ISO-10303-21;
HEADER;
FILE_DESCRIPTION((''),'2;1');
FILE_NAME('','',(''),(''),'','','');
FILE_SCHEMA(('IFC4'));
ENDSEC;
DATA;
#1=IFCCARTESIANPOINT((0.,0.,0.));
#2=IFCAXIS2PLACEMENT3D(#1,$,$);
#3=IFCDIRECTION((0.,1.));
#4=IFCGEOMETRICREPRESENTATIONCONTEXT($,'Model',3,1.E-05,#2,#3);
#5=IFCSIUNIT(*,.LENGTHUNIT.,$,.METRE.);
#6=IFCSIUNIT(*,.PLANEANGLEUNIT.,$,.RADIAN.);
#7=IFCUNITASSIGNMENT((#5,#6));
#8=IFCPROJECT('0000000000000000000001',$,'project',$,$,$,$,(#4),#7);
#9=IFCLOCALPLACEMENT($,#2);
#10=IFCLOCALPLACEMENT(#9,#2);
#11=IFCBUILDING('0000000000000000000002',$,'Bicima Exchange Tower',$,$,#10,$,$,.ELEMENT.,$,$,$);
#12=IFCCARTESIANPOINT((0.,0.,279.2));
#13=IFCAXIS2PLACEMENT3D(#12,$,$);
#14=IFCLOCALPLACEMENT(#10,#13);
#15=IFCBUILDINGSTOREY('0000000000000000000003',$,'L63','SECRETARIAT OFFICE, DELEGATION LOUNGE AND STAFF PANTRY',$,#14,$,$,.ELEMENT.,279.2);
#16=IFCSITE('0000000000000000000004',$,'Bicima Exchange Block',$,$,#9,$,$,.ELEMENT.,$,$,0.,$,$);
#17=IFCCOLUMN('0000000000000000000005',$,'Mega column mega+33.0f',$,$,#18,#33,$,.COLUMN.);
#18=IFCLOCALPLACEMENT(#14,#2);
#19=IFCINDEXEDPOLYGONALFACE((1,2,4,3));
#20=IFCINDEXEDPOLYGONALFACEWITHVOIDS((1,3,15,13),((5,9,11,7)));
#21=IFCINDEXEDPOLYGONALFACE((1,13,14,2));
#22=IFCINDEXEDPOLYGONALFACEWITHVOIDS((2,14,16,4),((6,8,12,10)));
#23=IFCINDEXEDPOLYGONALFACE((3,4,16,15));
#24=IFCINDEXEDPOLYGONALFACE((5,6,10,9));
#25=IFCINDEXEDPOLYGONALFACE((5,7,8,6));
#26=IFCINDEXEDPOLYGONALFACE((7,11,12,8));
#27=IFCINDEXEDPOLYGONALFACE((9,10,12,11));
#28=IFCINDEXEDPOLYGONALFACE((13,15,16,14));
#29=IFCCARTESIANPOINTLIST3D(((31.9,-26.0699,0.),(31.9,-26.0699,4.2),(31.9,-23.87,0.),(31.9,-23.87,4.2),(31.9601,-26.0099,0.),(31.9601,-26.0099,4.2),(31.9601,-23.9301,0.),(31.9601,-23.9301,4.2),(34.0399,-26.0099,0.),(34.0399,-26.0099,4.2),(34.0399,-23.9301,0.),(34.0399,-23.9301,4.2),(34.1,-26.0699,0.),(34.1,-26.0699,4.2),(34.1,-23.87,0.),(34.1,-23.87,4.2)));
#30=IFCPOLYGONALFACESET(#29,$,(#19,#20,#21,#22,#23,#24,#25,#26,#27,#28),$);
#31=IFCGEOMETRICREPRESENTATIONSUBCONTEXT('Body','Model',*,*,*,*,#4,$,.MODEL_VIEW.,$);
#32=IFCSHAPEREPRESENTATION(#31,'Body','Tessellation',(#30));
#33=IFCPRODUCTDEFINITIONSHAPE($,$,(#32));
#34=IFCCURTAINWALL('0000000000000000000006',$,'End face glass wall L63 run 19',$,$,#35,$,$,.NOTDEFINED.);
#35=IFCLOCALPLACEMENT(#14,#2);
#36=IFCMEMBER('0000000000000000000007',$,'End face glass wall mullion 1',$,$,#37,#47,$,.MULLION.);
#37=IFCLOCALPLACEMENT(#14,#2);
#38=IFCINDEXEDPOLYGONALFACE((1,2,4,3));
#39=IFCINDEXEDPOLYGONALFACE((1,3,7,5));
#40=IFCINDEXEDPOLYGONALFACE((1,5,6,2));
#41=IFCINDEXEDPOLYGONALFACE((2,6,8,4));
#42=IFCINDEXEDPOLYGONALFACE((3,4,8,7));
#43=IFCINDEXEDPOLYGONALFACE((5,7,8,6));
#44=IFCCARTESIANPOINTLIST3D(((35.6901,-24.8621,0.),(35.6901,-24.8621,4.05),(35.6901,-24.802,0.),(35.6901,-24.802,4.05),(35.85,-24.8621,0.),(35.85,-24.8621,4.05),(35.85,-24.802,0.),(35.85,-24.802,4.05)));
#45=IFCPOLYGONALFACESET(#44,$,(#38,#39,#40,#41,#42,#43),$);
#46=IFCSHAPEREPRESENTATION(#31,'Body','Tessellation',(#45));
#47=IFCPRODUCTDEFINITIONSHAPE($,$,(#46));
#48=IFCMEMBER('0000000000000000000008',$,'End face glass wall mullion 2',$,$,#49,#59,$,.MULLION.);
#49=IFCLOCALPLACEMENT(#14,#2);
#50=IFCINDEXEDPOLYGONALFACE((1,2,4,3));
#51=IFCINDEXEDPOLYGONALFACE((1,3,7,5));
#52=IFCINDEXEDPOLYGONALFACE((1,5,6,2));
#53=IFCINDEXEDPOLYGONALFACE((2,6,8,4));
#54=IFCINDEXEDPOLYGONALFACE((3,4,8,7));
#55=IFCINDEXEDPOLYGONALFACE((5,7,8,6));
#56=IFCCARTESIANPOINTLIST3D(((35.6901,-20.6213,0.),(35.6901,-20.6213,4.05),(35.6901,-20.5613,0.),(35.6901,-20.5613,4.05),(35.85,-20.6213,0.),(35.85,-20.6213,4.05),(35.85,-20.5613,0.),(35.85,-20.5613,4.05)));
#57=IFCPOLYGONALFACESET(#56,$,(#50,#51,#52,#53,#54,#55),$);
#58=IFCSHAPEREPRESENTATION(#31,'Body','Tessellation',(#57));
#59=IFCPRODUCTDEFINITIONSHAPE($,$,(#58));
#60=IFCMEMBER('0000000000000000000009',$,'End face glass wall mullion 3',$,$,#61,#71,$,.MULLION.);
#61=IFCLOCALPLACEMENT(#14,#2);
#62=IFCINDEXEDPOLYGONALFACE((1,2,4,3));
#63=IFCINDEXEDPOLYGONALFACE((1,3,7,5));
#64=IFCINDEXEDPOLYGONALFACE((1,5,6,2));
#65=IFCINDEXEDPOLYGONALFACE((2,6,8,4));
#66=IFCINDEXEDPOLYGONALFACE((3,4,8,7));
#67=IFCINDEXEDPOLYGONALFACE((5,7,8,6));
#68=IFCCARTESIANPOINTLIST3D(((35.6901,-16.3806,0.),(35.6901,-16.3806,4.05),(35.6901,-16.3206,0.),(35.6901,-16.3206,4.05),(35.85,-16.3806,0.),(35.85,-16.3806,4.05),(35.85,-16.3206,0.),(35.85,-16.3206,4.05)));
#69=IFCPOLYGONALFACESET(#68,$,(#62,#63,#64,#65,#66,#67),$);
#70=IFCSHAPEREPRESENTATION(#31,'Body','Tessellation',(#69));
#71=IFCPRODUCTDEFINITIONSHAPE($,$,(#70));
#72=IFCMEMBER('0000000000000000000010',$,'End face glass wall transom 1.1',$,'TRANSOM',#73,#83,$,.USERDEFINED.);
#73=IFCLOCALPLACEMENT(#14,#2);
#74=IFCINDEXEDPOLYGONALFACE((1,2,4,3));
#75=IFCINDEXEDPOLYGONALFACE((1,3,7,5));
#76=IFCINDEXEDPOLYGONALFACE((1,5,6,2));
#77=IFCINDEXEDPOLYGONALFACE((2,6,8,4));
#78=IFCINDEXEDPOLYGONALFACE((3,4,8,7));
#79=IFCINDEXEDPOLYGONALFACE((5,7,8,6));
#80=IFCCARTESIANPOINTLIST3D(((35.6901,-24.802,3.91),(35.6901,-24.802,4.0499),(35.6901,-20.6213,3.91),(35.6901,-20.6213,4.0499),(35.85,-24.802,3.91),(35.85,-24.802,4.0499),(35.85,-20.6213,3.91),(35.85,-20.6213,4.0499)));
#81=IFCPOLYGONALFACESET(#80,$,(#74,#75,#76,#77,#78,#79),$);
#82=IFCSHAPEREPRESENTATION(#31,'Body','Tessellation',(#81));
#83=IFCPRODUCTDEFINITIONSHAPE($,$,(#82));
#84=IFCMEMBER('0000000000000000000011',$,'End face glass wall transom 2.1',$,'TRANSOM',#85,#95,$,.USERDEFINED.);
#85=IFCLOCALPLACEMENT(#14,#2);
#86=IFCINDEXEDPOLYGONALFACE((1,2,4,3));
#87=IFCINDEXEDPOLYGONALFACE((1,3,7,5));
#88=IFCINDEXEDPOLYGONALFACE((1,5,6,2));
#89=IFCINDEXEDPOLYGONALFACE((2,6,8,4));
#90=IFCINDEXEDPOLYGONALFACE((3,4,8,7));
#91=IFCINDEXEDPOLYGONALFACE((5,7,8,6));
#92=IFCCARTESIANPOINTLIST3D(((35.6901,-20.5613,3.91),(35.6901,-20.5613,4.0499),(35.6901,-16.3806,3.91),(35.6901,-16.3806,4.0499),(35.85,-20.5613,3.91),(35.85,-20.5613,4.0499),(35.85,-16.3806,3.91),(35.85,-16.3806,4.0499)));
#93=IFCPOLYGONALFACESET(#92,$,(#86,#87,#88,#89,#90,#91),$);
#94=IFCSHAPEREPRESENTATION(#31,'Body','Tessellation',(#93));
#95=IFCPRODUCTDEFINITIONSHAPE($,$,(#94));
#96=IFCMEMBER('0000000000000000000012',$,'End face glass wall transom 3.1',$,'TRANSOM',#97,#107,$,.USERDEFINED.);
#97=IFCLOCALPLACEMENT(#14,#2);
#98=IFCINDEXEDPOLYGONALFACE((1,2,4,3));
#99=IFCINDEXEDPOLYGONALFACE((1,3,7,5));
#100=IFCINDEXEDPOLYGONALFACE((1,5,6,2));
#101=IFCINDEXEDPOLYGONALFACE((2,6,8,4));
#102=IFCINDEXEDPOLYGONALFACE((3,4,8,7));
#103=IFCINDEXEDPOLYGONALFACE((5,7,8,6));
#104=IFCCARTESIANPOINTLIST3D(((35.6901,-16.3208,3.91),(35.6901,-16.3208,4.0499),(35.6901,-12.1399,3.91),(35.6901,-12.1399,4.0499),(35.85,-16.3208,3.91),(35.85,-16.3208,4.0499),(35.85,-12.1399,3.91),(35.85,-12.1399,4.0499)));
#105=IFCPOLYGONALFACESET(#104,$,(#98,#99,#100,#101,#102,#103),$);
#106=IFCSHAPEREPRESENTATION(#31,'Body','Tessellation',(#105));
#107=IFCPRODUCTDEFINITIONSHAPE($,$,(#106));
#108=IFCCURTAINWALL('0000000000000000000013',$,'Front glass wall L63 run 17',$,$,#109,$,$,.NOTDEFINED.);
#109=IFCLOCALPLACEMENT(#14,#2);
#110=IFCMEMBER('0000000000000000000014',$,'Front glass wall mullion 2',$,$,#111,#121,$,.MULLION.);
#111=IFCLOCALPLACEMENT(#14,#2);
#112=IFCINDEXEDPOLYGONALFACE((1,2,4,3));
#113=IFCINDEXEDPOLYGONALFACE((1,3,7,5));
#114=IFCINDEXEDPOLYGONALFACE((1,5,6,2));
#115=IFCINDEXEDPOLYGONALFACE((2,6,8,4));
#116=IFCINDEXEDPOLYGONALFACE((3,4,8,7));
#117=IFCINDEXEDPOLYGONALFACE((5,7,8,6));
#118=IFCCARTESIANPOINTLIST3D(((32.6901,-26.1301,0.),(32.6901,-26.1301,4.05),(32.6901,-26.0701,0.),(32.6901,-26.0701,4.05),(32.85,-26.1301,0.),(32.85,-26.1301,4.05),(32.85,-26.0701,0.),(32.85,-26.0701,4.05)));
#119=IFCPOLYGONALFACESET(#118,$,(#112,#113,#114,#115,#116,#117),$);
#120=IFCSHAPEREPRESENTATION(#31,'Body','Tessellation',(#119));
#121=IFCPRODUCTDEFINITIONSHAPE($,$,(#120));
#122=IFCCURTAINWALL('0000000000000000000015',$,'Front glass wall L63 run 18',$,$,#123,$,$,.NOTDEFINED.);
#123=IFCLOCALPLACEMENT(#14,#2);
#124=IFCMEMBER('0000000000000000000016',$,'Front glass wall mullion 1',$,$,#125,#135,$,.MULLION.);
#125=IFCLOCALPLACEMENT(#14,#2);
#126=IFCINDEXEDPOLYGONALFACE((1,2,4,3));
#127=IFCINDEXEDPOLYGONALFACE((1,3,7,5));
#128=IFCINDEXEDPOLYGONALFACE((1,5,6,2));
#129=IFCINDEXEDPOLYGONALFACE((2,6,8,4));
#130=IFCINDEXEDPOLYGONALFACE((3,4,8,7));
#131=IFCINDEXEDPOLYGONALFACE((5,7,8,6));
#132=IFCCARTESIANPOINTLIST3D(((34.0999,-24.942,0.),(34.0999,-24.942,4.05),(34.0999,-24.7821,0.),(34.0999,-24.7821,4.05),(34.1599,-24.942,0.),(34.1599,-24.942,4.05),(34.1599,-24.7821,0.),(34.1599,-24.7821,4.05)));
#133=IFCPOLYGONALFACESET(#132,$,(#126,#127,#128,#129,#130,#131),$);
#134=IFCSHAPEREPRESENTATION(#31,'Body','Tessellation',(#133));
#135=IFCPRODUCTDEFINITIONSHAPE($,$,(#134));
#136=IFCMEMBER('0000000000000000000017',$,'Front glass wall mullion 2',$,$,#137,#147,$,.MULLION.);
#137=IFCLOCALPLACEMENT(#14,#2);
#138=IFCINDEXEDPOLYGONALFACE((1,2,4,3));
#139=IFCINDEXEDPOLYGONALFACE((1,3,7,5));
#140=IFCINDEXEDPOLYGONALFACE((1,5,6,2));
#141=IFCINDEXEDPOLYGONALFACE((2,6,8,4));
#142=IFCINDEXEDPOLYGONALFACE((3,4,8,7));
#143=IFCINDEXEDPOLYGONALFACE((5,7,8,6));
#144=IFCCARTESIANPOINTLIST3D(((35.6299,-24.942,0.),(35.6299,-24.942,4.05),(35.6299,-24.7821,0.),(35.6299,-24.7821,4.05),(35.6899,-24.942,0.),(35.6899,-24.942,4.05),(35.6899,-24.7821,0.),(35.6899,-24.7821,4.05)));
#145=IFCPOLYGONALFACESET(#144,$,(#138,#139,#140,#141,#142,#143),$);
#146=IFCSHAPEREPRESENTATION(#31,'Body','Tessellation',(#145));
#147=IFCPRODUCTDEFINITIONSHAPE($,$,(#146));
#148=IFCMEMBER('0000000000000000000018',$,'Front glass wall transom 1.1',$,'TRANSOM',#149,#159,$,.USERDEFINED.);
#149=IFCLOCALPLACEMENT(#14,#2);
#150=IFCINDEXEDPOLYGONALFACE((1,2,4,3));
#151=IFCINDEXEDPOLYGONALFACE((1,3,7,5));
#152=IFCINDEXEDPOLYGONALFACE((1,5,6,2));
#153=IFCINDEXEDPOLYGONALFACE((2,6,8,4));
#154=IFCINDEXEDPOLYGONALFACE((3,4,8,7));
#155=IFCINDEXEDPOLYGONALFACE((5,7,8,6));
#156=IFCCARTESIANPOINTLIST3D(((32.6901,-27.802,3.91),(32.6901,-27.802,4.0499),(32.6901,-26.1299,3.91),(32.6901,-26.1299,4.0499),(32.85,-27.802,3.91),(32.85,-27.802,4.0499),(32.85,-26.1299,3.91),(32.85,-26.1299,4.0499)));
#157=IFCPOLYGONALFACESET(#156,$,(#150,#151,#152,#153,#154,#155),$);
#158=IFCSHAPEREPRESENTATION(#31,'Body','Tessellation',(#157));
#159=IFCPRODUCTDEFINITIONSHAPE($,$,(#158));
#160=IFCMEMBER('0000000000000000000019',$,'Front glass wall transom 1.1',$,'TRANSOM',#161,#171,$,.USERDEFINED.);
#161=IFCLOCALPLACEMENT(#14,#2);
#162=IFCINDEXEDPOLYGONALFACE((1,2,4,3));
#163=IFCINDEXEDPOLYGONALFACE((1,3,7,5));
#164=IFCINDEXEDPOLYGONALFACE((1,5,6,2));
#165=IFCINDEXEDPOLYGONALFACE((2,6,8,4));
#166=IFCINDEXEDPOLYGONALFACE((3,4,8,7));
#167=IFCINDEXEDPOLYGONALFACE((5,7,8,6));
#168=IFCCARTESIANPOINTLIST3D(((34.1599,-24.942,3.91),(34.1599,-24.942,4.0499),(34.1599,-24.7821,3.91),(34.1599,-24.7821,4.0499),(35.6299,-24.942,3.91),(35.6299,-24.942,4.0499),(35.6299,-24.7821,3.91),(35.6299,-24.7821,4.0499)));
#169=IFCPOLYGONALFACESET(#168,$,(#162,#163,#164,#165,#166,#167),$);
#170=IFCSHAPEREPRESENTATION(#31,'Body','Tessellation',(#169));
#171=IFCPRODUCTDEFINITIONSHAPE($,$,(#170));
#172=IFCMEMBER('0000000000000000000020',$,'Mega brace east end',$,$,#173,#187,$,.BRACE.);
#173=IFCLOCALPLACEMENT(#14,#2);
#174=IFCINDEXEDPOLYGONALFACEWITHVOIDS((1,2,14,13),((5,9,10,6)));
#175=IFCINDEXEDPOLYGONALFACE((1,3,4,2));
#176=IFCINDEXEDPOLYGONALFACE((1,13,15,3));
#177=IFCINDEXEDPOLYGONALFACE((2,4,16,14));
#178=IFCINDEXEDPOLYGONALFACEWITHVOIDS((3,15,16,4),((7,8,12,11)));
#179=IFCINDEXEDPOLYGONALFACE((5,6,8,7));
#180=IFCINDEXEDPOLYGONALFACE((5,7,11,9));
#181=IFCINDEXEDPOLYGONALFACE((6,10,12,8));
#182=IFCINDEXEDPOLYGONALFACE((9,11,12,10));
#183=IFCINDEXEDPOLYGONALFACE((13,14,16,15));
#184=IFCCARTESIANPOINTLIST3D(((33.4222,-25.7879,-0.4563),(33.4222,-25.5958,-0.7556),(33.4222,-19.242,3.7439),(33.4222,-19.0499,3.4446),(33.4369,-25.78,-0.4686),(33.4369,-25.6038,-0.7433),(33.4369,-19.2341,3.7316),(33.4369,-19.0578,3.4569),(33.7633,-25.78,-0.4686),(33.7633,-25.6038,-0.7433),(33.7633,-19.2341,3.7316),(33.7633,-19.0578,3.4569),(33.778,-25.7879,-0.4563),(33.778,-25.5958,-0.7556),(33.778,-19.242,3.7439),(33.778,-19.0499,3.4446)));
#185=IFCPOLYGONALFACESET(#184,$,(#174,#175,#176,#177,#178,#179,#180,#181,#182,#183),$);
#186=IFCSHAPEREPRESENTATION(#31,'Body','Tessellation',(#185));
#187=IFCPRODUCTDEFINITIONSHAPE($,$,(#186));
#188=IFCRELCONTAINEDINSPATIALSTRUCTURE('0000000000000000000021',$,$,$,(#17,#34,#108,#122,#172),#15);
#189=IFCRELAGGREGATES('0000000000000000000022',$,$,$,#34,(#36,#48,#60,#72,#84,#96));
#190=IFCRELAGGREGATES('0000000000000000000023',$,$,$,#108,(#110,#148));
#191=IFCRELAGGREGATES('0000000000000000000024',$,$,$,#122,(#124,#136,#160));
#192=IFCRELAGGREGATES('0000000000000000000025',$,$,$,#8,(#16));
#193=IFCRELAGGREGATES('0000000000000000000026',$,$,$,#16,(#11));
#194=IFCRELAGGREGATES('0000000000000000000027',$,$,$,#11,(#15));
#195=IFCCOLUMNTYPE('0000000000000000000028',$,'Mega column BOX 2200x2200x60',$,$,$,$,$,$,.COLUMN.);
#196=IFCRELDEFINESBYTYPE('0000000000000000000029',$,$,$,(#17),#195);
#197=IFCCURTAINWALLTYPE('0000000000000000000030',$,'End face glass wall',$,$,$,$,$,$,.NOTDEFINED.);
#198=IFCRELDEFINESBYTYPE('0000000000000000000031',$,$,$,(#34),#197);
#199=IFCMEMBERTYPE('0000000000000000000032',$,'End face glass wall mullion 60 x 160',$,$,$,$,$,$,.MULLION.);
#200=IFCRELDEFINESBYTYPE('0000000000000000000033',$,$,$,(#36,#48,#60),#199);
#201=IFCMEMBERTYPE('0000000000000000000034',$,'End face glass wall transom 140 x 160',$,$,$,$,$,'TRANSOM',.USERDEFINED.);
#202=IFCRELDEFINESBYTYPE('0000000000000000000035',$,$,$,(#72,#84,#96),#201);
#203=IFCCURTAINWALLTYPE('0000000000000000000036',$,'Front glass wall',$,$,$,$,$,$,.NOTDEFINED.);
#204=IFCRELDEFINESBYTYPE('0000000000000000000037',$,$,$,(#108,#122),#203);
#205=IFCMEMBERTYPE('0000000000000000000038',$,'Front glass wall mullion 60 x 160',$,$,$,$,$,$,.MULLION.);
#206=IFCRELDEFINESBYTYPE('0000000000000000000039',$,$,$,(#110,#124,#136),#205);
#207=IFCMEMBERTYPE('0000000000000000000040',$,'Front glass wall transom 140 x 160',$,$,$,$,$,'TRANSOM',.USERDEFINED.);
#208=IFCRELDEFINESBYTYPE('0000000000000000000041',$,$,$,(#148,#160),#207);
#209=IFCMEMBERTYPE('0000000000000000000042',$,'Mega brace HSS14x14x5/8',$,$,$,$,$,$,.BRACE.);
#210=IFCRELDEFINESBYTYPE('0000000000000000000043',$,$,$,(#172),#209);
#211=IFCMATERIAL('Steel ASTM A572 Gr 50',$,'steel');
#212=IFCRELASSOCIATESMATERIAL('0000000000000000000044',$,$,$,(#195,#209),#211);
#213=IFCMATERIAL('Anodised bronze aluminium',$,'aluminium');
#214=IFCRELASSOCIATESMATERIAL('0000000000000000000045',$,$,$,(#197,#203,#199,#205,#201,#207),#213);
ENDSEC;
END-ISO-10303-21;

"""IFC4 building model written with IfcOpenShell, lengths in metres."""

from ifc_helpers import new_model, si_unit, direction, frame, origin, origin_2d, place, context, subcontext, project, spatial, rectangle, hollow_rectangle, extrude, material, material_profile, profile_set, type_object, element, aggregate, save


model = new_model("IFC4")

# Units and contexts
model_context = context("Model", 3, precision=1e-05, world=origin(), true_north=direction((0.0, 1.0)))
body_context = subcontext(model_context, "Body", "Model", "MODEL_VIEW")
ifc_project = project(units=[si_unit("LENGTHUNIT", "METRE"), si_unit("PLANEANGLEUNIT", "RADIAN")], contexts=[model_context])

# Site, building, storey
site_placement = place(None, origin())
site = spatial("IfcSite", under=ifc_project, at=site_placement, Name="Bicima Exchange Block", CompositionType="ELEMENT", RefElevation=0.0)
building_placement = place(site_placement, origin())
building = spatial("IfcBuilding", under=site, at=building_placement, Name="Bicima Exchange Tower", CompositionType="ELEMENT")
storey_placement = place(building_placement, frame((0.0, 0.0, 279.2)))
storey = spatial("IfcBuildingStorey", under=building, at=storey_placement, Name="L63", Description="SECRETARIAT OFFICE, DELEGATION LOUNGE AND STAFF PANTRY", CompositionType="ELEMENT", Elevation=279.2)

# Column
ifc_material_1 = material(Name="Steel ASTM A572 Gr 50", Category="steel")
ifc_material_profile_1 = material_profile(ifc_material_1, hollow_rectangle(XDim=2.2, YDim=2.2, WallThickness=0.0601, at=origin_2d()))
ifc_profile_set_1 = profile_set([ifc_material_profile_1], Name="Steel ASTM A572 Gr 50")
column_type = type_object("IfcColumnType", Name="Mega column BOX 2200x2200x60", PredefinedType="COLUMN", material=ifc_profile_set_1)
column_placement = place(storey_placement, frame((33.0, -24.97, 0.0), z_axis=(0.0, 0.0, 1.0), x_axis=(1.0, 0.0, 0.0)))
element("IfcColumn", 1, at=column_placement, inside=storey, type_object=column_type, Name="Mega column mega+33.0f", PredefinedType="COLUMN", context=body_context, shape_type="SweptSolid", body=[
    extrude(hollow_rectangle(XDim=2.2, YDim=2.2, WallThickness=0.0601, at=origin_2d()), origin(), (0.0, 0.0, 1.0), 4.2),
])

# Curtain wall, members
ifc_material_2 = material(Name="Anodised bronze aluminium", Category="aluminium")
curtain_wall_type_1 = type_object("IfcCurtainWallType", Name="End face glass wall", PredefinedType="NOTDEFINED", material=ifc_material_2)
curtain_wall_1_placement = place(storey_placement, origin())
curtain_wall_1 = element("IfcCurtainWall", 2, at=curtain_wall_1_placement, inside=storey, type_object=curtain_wall_type_1, Name="End face glass wall L63 run 19", PredefinedType="NOTDEFINED")
ifc_material_profile_2 = material_profile(ifc_material_2, rectangle(XDim=0.1599, YDim=0.0601, at=origin_2d()))
ifc_profile_set_2 = profile_set([ifc_material_profile_2], Name="Anodised bronze aluminium")
member_type_1 = type_object("IfcMemberType", Name="End face glass wall mullion 60 x 160", PredefinedType="MULLION", material=ifc_profile_set_2)
member_1_placement = place(storey_placement, frame((35.77, -24.832, 0.0), z_axis=(0.0, 0.0, 1.0), x_axis=(-1.0, 0.0, 0.0)))
member_1 = element("IfcMember", 3, at=member_1_placement, type_object=member_type_1, Name="End face glass wall mullion 1", PredefinedType="MULLION", context=body_context, shape_type="SweptSolid", body=[
    extrude(rectangle(XDim=0.1599, YDim=0.0601, at=origin_2d()), origin(), (0.0, 0.0, 1.0), 4.05),
])
member_2_placement = place(storey_placement, frame((35.77, -20.5913, 0.0), z_axis=(0.0, 0.0, 1.0), x_axis=(-1.0, 0.0, 0.0)))
member_2 = element("IfcMember", 4, at=member_2_placement, type_object=member_type_1, Name="End face glass wall mullion 2", PredefinedType="MULLION", context=body_context, shape_type="SweptSolid", body=[
    extrude(rectangle(XDim=0.1599, YDim=0.0601, at=origin_2d()), origin(), (0.0, 0.0, 1.0), 4.05),
])
member_3_placement = place(storey_placement, frame((35.77, -16.3506, 0.0), z_axis=(0.0, 0.0, 1.0), x_axis=(-1.0, 0.0, 0.0)))
member_3 = element("IfcMember", 5, at=member_3_placement, type_object=member_type_1, Name="End face glass wall mullion 3", PredefinedType="MULLION", context=body_context, shape_type="SweptSolid", body=[
    extrude(rectangle(XDim=0.1599, YDim=0.0601, at=origin_2d()), origin(), (0.0, 0.0, 1.0), 4.05),
])
ifc_material_profile_3 = material_profile(ifc_material_2, rectangle(XDim=0.1599, YDim=0.1399, at=origin_2d()))
ifc_profile_set_3 = profile_set([ifc_material_profile_3], Name="Anodised bronze aluminium")
member_type_2 = type_object("IfcMemberType", Name="End face glass wall transom 140 x 160", ElementType="TRANSOM", PredefinedType="USERDEFINED", material=ifc_profile_set_3)
member_4_placement = place(storey_placement, frame((35.77, -24.802, 3.98), z_axis=(0.0, 1.0, 0.0), x_axis=(-1.0, 0.0, 0.0)))
member_4 = element("IfcMember", 6, at=member_4_placement, type_object=member_type_2, Name="End face glass wall transom 1.1", ObjectType="TRANSOM", PredefinedType="USERDEFINED", context=body_context, shape_type="SweptSolid", body=[
    extrude(rectangle(XDim=0.1599, YDim=0.1399, at=origin_2d()), origin(), (0.0, 0.0, 1.0), 4.1807),
])
member_5_placement = place(storey_placement, frame((35.77, -20.5613, 3.98), z_axis=(0.0, 1.0, 0.0), x_axis=(-1.0, 0.0, 0.0)))
member_5 = element("IfcMember", 7, at=member_5_placement, type_object=member_type_2, Name="End face glass wall transom 2.1", ObjectType="TRANSOM", PredefinedType="USERDEFINED", context=body_context, shape_type="SweptSolid", body=[
    extrude(rectangle(XDim=0.1599, YDim=0.1399, at=origin_2d()), origin(), (0.0, 0.0, 1.0), 4.1807),
])
member_6_placement = place(storey_placement, frame((35.77, -16.3208, 3.98), z_axis=(0.0, 1.0, 0.0), x_axis=(-1.0, 0.0, 0.0)))
member_6 = element("IfcMember", 8, at=member_6_placement, type_object=member_type_2, Name="End face glass wall transom 3.1", ObjectType="TRANSOM", PredefinedType="USERDEFINED", context=body_context, shape_type="SweptSolid", body=[
    extrude(rectangle(XDim=0.1599, YDim=0.1399, at=origin_2d()), origin(), (0.0, 0.0, 1.0), 4.1809),
])

# Curtain wall, member
curtain_wall_type_2 = type_object("IfcCurtainWallType", Name="Front glass wall", PredefinedType="NOTDEFINED", material=ifc_material_2)
curtain_wall_2_placement = place(storey_placement, origin())
curtain_wall_2 = element("IfcCurtainWall", 9, at=curtain_wall_2_placement, inside=storey, type_object=curtain_wall_type_2, Name="Front glass wall L63 run 17", PredefinedType="NOTDEFINED")
member_type_3 = type_object("IfcMemberType", Name="Front glass wall mullion 60 x 160", PredefinedType="MULLION", material=ifc_profile_set_2)
member_7_placement = place(storey_placement, frame((32.77, -26.1001, 0.0), z_axis=(0.0, 0.0, 1.0), x_axis=(-1.0, 0.0, 0.0)))
member_7 = element("IfcMember", 10, at=member_7_placement, type_object=member_type_3, Name="Front glass wall mullion 2", PredefinedType="MULLION", context=body_context, shape_type="SweptSolid", body=[
    extrude(rectangle(XDim=0.1599, YDim=0.0601, at=origin_2d()), origin(), (0.0, 0.0, 1.0), 4.05),
])

# Curtain wall, members
curtain_wall_3_placement = place(storey_placement, origin())
curtain_wall_3 = element("IfcCurtainWall", 11, at=curtain_wall_3_placement, inside=storey, type_object=curtain_wall_type_2, Name="Front glass wall L63 run 18", PredefinedType="NOTDEFINED")
member_8_placement = place(storey_placement, frame((34.1299, -24.8621, 0.0), z_axis=(0.0, 0.0, 1.0), x_axis=(0.0, 1.0, 0.0)))
member_8 = element("IfcMember", 12, at=member_8_placement, type_object=member_type_3, Name="Front glass wall mullion 1", PredefinedType="MULLION", context=body_context, shape_type="SweptSolid", body=[
    extrude(rectangle(XDim=0.1599, YDim=0.0601, at=origin_2d()), origin(), (0.0, 0.0, 1.0), 4.05),
])
member_9_placement = place(storey_placement, frame((35.6599, -24.8621, 0.0), z_axis=(0.0, 0.0, 1.0), x_axis=(0.0, 1.0, 0.0)))
member_9 = element("IfcMember", 13, at=member_9_placement, type_object=member_type_3, Name="Front glass wall mullion 2", PredefinedType="MULLION", context=body_context, shape_type="SweptSolid", body=[
    extrude(rectangle(XDim=0.1599, YDim=0.0601, at=origin_2d()), origin(), (0.0, 0.0, 1.0), 4.05),
])

# Members
member_type_4 = type_object("IfcMemberType", Name="Front glass wall transom 140 x 160", ElementType="TRANSOM", PredefinedType="USERDEFINED", material=ifc_profile_set_3)
member_10_placement = place(storey_placement, frame((32.77, -27.802, 3.98), z_axis=(0.0, 1.0, 0.0), x_axis=(-1.0, 0.0, 0.0)))
member_10 = element("IfcMember", 14, at=member_10_placement, type_object=member_type_4, Name="Front glass wall transom 1.1", ObjectType="TRANSOM", PredefinedType="USERDEFINED", context=body_context, shape_type="SweptSolid", body=[
    extrude(rectangle(XDim=0.1599, YDim=0.1399, at=origin_2d()), origin(), (0.0, 0.0, 1.0), 1.6721),
])
member_11_placement = place(storey_placement, frame((34.1599, -24.8621, 3.98), z_axis=(1.0, 0.0, 0.0), x_axis=(0.0, 1.0, 0.0)))
member_11 = element("IfcMember", 15, at=member_11_placement, type_object=member_type_4, Name="Front glass wall transom 1.1", ObjectType="TRANSOM", PredefinedType="USERDEFINED", context=body_context, shape_type="SweptSolid", body=[
    extrude(rectangle(XDim=0.1599, YDim=0.1399, at=origin_2d()), origin(), (0.0, 0.0, 1.0), 1.47),
])
ifc_material_profile_4 = material_profile(ifc_material_1, hollow_rectangle(XDim=0.3557, YDim=0.3557, WallThickness=0.0146, at=origin_2d()))
ifc_profile_set_4 = profile_set([ifc_material_profile_4], Name="Steel ASTM A572 Gr 50")
member_type_5 = type_object("IfcMemberType", Name="Mega brace HSS14x14x5/8", PredefinedType="BRACE", material=ifc_profile_set_4)
member_12_placement = place(storey_placement, frame((33.6001, -25.6919, -0.606), z_axis=(0.0, 0.841639, 0.54004), x_axis=(-1.0, 0.0, 0.0)))
element("IfcMember", 16, at=member_12_placement, inside=storey, type_object=member_type_5, Name="Mega brace east end", PredefinedType="BRACE", context=body_context, shape_type="SweptSolid", body=[
    extrude(hollow_rectangle(XDim=0.3557, YDim=0.3557, WallThickness=0.0146, at=origin_2d()), origin(), (0.0, 0.0, 1.0), 7.7776),
])

aggregate(curtain_wall_1, [member_1, member_2, member_3, member_4, member_5, member_6])
aggregate(curtain_wall_2, [member_7, member_10])
aggregate(curtain_wall_3, [member_8, member_9, member_11])

save(model, "model.ifc")
